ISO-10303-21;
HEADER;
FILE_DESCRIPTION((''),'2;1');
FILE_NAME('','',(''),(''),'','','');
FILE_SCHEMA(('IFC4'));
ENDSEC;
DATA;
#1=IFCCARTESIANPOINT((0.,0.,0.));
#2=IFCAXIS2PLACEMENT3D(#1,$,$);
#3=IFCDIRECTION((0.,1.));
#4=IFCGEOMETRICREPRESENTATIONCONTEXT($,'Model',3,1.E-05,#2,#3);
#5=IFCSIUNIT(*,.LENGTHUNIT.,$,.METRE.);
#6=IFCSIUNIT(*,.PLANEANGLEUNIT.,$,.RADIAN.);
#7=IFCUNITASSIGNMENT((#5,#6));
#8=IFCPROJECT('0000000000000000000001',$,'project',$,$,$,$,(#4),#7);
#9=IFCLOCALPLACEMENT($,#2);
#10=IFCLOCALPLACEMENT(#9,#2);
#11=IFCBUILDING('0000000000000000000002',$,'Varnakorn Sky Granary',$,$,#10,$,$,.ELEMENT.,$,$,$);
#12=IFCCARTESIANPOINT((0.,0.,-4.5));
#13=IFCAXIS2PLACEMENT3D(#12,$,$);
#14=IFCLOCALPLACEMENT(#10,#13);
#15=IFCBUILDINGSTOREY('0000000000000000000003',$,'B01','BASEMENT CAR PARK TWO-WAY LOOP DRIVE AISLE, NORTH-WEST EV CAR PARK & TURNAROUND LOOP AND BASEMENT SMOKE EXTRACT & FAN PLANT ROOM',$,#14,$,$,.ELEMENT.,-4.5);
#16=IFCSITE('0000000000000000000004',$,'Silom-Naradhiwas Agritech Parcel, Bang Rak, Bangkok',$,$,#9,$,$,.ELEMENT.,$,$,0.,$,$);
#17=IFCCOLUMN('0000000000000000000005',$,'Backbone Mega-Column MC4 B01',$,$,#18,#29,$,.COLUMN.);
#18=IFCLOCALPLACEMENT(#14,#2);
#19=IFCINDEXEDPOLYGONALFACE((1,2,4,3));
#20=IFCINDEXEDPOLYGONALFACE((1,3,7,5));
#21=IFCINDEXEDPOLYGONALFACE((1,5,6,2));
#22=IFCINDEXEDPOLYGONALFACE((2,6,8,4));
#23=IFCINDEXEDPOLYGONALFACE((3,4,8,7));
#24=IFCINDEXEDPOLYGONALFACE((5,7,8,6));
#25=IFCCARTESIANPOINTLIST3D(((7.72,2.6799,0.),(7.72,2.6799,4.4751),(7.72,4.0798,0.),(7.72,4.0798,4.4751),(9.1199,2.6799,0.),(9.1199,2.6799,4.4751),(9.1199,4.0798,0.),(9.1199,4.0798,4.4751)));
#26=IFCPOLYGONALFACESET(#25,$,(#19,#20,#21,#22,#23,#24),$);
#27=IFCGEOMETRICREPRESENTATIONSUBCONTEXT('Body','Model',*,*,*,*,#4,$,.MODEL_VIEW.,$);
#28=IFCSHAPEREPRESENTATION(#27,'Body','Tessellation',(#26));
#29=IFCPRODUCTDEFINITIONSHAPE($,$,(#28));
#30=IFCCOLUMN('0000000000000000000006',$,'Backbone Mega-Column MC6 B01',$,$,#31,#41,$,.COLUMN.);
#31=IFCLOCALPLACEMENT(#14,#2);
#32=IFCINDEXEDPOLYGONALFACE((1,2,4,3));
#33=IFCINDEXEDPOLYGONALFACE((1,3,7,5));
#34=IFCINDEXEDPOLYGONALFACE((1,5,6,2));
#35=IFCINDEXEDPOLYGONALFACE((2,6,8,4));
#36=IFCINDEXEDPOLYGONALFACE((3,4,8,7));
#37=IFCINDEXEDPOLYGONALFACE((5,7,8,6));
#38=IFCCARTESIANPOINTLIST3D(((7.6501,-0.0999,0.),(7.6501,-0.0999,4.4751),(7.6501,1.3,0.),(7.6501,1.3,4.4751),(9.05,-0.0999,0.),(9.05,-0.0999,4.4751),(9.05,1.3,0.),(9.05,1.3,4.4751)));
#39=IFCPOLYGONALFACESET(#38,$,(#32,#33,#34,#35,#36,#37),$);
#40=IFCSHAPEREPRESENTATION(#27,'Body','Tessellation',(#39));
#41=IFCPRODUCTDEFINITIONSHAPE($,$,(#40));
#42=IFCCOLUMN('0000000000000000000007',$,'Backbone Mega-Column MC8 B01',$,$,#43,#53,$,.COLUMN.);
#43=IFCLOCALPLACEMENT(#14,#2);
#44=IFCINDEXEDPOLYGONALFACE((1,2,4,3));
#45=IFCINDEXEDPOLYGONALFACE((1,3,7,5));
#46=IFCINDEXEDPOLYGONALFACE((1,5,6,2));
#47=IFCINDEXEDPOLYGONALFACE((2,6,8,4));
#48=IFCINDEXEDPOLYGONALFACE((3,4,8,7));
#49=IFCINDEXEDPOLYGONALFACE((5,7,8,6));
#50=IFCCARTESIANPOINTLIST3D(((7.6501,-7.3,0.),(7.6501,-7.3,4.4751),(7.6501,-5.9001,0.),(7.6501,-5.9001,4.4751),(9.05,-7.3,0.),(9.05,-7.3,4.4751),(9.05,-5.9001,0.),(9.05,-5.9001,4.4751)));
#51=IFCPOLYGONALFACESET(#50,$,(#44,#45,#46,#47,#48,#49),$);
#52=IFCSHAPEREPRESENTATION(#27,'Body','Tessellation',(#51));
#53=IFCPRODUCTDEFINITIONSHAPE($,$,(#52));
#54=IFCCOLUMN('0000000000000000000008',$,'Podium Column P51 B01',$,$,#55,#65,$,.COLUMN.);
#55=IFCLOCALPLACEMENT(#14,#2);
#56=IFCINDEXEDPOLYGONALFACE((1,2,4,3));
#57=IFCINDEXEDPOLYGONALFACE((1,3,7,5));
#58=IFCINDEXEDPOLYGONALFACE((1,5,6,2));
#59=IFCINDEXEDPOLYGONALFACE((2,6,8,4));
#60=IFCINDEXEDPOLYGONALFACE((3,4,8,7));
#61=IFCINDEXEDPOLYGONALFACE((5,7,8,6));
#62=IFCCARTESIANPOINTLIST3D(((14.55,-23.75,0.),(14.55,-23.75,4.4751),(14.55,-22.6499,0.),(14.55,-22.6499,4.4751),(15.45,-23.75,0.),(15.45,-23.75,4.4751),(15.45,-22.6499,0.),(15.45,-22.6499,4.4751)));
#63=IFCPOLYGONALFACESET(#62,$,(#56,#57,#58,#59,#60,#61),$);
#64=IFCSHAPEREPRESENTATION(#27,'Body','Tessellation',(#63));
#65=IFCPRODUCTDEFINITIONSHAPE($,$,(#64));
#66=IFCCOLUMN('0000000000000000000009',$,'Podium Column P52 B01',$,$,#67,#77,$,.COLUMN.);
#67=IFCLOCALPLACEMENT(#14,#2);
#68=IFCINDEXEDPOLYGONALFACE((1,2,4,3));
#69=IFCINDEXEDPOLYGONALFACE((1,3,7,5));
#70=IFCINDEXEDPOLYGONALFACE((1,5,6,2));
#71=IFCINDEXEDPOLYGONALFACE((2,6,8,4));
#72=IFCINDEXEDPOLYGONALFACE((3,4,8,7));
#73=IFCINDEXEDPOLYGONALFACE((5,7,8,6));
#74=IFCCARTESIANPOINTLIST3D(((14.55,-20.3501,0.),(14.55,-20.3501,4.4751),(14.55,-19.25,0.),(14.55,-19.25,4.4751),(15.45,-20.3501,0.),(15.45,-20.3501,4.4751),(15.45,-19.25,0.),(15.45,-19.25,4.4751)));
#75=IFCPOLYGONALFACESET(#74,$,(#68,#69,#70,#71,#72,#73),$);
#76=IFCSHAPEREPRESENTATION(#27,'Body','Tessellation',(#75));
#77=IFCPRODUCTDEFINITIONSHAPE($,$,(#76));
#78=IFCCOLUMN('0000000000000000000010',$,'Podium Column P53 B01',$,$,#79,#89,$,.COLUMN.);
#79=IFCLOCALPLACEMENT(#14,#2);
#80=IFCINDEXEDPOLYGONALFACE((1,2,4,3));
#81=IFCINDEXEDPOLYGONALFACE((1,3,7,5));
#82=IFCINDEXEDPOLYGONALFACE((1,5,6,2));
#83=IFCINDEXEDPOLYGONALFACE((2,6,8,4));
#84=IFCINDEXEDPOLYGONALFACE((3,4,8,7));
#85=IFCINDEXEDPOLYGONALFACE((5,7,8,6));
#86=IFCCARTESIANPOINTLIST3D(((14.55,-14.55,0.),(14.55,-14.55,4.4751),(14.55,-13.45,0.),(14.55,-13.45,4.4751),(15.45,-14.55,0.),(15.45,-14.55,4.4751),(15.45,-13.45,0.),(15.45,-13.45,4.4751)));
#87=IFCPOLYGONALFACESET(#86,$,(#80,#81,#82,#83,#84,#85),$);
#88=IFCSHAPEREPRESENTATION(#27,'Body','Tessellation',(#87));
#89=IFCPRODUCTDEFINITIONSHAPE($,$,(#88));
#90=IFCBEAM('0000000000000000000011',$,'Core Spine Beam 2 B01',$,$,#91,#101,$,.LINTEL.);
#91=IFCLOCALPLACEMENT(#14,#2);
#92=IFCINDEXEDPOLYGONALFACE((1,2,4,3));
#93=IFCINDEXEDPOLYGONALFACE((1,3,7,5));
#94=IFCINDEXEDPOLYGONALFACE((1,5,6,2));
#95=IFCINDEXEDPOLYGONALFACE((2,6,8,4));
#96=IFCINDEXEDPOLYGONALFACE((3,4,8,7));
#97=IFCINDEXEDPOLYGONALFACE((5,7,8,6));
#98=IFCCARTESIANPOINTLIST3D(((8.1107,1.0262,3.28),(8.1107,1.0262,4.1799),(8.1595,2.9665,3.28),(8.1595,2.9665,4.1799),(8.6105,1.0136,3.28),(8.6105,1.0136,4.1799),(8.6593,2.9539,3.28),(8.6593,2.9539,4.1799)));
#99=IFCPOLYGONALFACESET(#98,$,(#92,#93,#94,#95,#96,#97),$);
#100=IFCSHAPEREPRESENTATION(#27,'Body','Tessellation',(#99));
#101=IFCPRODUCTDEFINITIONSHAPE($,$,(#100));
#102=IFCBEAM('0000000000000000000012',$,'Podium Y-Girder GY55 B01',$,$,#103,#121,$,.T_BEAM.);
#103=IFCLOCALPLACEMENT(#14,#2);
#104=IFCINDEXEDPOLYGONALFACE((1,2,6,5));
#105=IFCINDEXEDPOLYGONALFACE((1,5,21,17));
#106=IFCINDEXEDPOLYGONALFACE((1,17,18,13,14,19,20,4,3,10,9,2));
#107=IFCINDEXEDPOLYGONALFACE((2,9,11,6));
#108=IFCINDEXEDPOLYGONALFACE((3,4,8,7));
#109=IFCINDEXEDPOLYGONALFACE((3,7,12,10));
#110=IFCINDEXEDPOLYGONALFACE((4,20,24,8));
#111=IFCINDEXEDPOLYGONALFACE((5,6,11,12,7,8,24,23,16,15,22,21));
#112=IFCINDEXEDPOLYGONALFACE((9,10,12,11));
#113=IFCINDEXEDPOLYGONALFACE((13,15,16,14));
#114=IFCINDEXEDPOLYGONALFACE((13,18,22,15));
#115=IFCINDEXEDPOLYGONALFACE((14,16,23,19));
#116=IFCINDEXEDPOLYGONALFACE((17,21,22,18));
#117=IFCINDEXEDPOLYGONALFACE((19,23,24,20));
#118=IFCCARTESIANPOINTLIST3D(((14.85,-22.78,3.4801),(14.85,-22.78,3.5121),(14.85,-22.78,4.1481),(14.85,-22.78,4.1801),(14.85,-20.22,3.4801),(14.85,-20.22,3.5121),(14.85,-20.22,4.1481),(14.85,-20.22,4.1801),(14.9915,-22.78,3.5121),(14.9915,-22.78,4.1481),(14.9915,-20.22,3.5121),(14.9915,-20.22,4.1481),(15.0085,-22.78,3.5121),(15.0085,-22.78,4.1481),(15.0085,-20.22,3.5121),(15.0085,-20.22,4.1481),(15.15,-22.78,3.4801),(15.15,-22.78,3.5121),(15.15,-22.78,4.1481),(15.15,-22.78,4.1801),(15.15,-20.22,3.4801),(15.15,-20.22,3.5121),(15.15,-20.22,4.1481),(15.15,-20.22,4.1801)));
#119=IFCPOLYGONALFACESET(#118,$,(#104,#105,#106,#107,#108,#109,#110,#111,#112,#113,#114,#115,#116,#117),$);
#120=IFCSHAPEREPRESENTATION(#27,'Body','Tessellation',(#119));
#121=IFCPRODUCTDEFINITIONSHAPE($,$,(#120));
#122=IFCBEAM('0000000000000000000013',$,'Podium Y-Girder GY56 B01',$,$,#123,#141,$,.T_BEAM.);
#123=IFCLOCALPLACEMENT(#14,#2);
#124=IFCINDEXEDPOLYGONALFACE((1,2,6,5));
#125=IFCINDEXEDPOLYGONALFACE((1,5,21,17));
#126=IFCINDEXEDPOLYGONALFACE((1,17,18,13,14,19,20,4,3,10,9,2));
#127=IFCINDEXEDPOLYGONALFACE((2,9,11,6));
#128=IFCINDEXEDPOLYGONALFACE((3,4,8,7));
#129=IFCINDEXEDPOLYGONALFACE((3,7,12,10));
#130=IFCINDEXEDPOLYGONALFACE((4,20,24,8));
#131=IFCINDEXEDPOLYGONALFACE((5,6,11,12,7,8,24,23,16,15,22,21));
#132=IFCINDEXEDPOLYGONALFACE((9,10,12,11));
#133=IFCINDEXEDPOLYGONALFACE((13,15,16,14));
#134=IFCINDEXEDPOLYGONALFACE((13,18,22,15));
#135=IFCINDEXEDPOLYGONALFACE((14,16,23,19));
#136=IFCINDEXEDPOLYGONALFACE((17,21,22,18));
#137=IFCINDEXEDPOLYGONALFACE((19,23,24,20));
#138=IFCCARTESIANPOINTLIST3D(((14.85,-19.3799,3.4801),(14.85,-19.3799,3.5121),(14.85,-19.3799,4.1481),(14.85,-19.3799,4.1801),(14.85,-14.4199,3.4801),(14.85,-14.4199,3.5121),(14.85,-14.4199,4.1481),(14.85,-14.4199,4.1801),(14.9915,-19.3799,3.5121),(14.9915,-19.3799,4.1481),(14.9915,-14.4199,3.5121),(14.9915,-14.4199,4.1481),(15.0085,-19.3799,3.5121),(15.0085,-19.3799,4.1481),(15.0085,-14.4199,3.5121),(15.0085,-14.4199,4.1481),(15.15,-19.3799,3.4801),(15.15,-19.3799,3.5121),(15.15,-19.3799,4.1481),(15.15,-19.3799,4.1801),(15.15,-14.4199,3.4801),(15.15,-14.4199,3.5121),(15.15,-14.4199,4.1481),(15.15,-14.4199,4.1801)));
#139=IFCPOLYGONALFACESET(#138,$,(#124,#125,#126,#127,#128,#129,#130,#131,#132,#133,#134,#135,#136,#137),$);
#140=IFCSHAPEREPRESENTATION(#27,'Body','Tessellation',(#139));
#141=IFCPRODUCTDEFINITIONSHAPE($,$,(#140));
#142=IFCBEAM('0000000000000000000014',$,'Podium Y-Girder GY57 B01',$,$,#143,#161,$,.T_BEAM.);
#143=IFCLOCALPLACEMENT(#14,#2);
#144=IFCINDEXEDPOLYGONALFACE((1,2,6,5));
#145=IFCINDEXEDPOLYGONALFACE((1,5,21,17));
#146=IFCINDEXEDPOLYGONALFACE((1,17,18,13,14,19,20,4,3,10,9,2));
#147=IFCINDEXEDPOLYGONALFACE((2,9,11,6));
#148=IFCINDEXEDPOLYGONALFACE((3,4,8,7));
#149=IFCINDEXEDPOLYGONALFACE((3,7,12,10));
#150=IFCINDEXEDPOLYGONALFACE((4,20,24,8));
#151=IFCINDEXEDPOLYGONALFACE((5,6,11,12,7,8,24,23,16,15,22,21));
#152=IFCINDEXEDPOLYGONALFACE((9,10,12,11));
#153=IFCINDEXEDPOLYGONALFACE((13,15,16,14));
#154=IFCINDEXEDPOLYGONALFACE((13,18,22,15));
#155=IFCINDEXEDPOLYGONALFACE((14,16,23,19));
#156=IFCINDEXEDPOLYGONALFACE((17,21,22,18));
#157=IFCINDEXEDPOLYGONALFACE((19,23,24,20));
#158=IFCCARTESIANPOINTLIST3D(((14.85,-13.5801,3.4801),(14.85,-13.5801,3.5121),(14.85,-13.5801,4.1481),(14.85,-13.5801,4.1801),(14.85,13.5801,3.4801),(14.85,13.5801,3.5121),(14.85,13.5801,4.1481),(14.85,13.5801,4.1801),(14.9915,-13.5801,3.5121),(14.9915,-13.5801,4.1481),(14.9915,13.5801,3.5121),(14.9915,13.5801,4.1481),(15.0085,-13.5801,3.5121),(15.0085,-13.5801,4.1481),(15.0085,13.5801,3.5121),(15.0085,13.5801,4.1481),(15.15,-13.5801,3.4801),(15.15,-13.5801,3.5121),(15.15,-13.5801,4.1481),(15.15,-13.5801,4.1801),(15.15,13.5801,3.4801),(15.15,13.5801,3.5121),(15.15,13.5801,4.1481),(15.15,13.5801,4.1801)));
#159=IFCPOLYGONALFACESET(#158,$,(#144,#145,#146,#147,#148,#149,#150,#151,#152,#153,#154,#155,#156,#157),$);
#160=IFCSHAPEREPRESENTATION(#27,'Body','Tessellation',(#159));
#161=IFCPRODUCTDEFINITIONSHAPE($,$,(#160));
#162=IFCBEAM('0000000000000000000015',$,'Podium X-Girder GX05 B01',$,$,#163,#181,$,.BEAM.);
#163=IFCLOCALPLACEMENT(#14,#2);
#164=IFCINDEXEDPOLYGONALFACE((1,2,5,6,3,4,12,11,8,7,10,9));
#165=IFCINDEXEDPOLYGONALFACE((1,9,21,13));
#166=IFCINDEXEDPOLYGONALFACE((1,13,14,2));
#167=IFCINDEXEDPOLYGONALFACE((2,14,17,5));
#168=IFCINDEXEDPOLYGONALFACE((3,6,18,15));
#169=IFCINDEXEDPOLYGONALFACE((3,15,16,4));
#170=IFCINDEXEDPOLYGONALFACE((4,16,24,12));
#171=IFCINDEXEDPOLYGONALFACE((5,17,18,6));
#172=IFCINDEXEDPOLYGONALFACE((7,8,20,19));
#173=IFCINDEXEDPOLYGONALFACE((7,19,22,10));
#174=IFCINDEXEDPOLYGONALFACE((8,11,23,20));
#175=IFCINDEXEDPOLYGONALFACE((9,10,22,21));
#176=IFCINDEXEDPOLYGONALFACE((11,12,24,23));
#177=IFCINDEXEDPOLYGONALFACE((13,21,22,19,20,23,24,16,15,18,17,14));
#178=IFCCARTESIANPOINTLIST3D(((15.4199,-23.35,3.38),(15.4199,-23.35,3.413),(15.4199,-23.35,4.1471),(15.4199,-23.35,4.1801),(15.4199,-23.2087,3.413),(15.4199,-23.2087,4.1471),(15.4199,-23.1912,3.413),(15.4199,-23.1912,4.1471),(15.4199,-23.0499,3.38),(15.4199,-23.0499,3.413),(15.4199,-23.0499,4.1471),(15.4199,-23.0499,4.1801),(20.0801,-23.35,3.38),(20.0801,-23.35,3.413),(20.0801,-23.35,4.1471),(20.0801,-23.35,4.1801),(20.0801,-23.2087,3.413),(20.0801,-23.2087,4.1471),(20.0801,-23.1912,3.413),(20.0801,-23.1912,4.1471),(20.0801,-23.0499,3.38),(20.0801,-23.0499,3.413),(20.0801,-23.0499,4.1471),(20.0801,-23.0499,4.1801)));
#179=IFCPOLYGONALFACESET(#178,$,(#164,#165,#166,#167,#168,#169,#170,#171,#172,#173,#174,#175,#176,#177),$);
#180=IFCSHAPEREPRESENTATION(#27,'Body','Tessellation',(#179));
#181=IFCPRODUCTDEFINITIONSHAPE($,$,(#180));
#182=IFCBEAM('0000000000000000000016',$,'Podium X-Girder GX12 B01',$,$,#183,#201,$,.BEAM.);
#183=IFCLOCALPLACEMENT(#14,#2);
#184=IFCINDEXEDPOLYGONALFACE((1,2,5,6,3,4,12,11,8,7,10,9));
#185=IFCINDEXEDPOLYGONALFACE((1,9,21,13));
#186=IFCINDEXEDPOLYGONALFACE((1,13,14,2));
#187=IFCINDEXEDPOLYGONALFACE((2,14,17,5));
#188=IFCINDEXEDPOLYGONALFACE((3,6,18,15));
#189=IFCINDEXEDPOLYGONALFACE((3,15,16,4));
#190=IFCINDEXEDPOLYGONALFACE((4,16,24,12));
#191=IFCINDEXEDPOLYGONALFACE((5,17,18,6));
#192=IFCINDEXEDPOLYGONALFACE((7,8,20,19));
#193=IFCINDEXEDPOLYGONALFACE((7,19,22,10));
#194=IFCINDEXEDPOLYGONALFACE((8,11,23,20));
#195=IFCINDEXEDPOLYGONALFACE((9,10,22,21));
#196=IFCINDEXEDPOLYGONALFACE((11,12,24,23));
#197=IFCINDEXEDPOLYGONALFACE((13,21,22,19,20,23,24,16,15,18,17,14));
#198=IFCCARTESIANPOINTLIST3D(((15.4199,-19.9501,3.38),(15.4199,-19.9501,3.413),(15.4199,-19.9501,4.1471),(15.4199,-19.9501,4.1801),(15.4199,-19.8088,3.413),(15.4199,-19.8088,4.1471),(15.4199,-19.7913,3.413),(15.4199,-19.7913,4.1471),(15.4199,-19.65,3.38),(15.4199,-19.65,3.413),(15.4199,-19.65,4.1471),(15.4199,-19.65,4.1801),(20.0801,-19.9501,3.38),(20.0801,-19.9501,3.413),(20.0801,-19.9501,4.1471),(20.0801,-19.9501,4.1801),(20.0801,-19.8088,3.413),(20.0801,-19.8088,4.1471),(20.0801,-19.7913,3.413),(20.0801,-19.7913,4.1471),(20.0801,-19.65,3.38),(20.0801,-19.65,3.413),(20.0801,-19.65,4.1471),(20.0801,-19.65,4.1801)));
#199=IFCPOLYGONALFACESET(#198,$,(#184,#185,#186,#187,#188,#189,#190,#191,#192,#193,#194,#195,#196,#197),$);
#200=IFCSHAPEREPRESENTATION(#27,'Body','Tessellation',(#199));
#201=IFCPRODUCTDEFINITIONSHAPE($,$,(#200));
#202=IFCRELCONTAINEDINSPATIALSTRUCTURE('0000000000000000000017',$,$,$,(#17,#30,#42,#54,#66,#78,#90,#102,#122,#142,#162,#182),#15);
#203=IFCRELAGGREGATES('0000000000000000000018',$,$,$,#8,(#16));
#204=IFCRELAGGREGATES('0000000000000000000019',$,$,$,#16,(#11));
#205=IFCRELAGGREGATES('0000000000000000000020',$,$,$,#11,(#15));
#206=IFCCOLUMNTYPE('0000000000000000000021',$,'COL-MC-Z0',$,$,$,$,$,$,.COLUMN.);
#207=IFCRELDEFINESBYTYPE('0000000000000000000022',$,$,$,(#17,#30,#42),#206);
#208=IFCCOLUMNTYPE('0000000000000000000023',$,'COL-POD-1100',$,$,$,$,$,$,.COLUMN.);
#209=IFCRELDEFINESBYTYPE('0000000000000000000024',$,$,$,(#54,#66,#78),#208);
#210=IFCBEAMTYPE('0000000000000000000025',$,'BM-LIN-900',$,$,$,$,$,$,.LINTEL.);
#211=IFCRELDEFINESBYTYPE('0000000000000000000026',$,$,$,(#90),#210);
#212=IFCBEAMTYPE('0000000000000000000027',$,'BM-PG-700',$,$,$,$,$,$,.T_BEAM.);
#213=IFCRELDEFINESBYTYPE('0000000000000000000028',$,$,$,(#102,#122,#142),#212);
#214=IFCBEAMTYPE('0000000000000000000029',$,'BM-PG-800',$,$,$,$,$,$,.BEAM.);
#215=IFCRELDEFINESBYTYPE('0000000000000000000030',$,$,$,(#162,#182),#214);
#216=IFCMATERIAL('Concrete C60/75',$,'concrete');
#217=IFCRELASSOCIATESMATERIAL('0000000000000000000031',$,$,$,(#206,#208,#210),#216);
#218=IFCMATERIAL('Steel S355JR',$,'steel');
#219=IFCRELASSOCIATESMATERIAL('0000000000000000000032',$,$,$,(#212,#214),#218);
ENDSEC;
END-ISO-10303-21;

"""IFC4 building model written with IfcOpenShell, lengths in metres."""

from ifc_helpers import new_model, si_unit, direction, frame, origin, origin_2d, place, context, subcontext, project, spatial, rectangle, i_section, extrude, material, material_profile, profile_set, type_object, element, save


model = new_model("IFC4")

# Units and contexts
model_context = context("Model", 3, precision=1e-05, world=origin(), true_north=direction((0.0, 1.0)))
body_context = subcontext(model_context, "Body", "Model", "MODEL_VIEW")
ifc_project = project(units=[si_unit("LENGTHUNIT", "METRE"), si_unit("PLANEANGLEUNIT", "RADIAN")], contexts=[model_context])

# Site, building, storey
site_placement = place(None, origin())
site = spatial("IfcSite", under=ifc_project, at=site_placement, Name="Silom-Naradhiwas Agritech Parcel, Bang Rak, Bangkok", CompositionType="ELEMENT", RefElevation=0.0)
building_placement = place(site_placement, origin())
building = spatial("IfcBuilding", under=site, at=building_placement, Name="Varnakorn Sky Granary", CompositionType="ELEMENT")
storey_placement = place(building_placement, frame((0.0, 0.0, -4.5)))
storey = spatial("IfcBuildingStorey", under=building, at=storey_placement, Name="B01", Description="BASEMENT CAR PARK TWO-WAY LOOP DRIVE AISLE, NORTH-WEST EV CAR PARK & TURNAROUND LOOP AND BASEMENT SMOKE EXTRACT & FAN PLANT ROOM", CompositionType="ELEMENT", Elevation=-4.5)

# Columns
ifc_material_1 = material(Name="Concrete C60/75", Category="concrete")
ifc_material_profile_1 = material_profile(ifc_material_1, rectangle(XDim=1.3999, YDim=1.3999, at=origin_2d()), Name="RC 1400x1400")
ifc_profile_set_1 = profile_set([ifc_material_profile_1], Name="Concrete C60/75")
column_type_1 = type_object("IfcColumnType", Name="COL-MC-Z0", PredefinedType="COLUMN", material=ifc_profile_set_1)
for number, where, z_axis, x_axis, name in (
    (1, (8.4199, 3.3799, 0.0), (0.0, 0.0, 1.0), (1.0, 0.0, 0.0), "Backbone Mega-Column MC4 B01"),
    (2, (8.3501, 0.6001, 0.0), (0.0, 0.0, 1.0), (1.0, 0.0, 0.0), "Backbone Mega-Column MC6 B01"),
    (3, (8.3501, -6.6001, 0.0), (0.0, 0.0, 1.0), (1.0, 0.0, 0.0), "Backbone Mega-Column MC8 B01"),
):
    element("IfcColumn", number, at=place(storey_placement, frame(where, z_axis=z_axis, x_axis=x_axis)), inside=storey, type_object=column_type_1, Name=name, PredefinedType="COLUMN", context=body_context, shape_type="SweptSolid", body=[
        extrude(rectangle(XDim=1.3999, YDim=1.3999, at=origin_2d()), origin(), (0.0, 0.0, 1.0), 4.4751),
    ])
ifc_material_profile_2 = material_profile(ifc_material_1, rectangle(XDim=0.8999, YDim=1.1001, at=origin_2d()), Name="RC 900x1100")
ifc_profile_set_2 = profile_set([ifc_material_profile_2], Name="Concrete C60/75")
column_type_2 = type_object("IfcColumnType", Name="COL-POD-1100", PredefinedType="COLUMN", material=ifc_profile_set_2)
for number, where, z_axis, x_axis, name in (
    (4, (15.0, -23.2, 0.0), (0.0, 0.0, 1.0), (1.0, 0.0, 0.0), "Podium Column P51 B01"),
    (5, (15.0, -19.8, 0.0), (0.0, 0.0, 1.0), (1.0, 0.0, 0.0), "Podium Column P52 B01"),
    (6, (15.0, -14.0, 0.0), (0.0, 0.0, 1.0), (1.0, 0.0, 0.0), "Podium Column P53 B01"),
):
    element("IfcColumn", number, at=place(storey_placement, frame(where, z_axis=z_axis, x_axis=x_axis)), inside=storey, type_object=column_type_2, Name=name, PredefinedType="COLUMN", context=body_context, shape_type="SweptSolid", body=[
        extrude(rectangle(XDim=0.8999, YDim=1.1001, at=origin_2d()), origin(), (0.0, 0.0, 1.0), 4.4751),
    ])

# Beams
ifc_material_profile_3 = material_profile(ifc_material_1, rectangle(XDim=0.5, YDim=0.8999, at=origin_2d()), Name="RC 500x900")
ifc_profile_set_3 = profile_set([ifc_material_profile_3], Name="Concrete C60/75")
beam_type_1 = type_object("IfcBeamType", Name="BM-LIN-900", PredefinedType="LINTEL", material=ifc_profile_set_3)
beam_1_placement = place(storey_placement, frame((8.4094, 2.9602, 3.73), z_axis=(-0.025159, -0.999683, 0.0), x_axis=(0.999683, -0.025159, 0.0)))
element("IfcBeam", 7, at=beam_1_placement, inside=storey, type_object=beam_type_1, Name="Core Spine Beam 2 B01", PredefinedType="LINTEL", context=body_context, shape_type="SweptSolid", body=[
    extrude(rectangle(XDim=0.5, YDim=0.8999, at=origin_2d()), origin(), (0.0, 0.0, 1.0), 1.9409),
])
ifc_material_2 = material(Name="Steel S355JR", Category="steel")
ifc_material_profile_4 = material_profile(ifc_material_2, i_section(OverallWidth=0.3, OverallDepth=0.7, WebThickness=0.0171, FlangeThickness=0.032, at=origin_2d()), Name="HE 700 B")
ifc_profile_set_4 = profile_set([ifc_material_profile_4], Name="Steel S355JR")
beam_type_2 = type_object("IfcBeamType", Name="BM-PG-700", PredefinedType="T_BEAM", material=ifc_profile_set_4)
beam_2_placement = place(storey_placement, frame((15.0, -22.78, 3.8301), z_axis=(0.0, 1.0, 0.0), x_axis=(-1.0, 0.0, 0.0)))
element("IfcBeam", 8, at=beam_2_placement, inside=storey, type_object=beam_type_2, Name="Podium Y-Girder GY55 B01", PredefinedType="T_BEAM", context=body_context, shape_type="SweptSolid", body=[
    extrude(i_section(OverallWidth=0.3, OverallDepth=0.7, WebThickness=0.0171, FlangeThickness=0.032, at=origin_2d()), origin(), (0.0, 0.0, 1.0), 2.5601),
])
beam_3_placement = place(storey_placement, frame((15.0, -19.3799, 3.8301), z_axis=(0.0, 1.0, 0.0), x_axis=(-1.0, 0.0, 0.0)))
element("IfcBeam", 9, at=beam_3_placement, inside=storey, type_object=beam_type_2, Name="Podium Y-Girder GY56 B01", PredefinedType="T_BEAM", context=body_context, shape_type="SweptSolid", body=[
    extrude(i_section(OverallWidth=0.3, OverallDepth=0.7, WebThickness=0.0171, FlangeThickness=0.032, at=origin_2d()), origin(), (0.0, 0.0, 1.0), 4.96),
])
beam_4_placement = place(storey_placement, frame((15.0, -13.5801, 3.8301), z_axis=(0.0, 1.0, 0.0), x_axis=(-1.0, 0.0, 0.0)))
element("IfcBeam", 10, at=beam_4_placement, inside=storey, type_object=beam_type_2, Name="Podium Y-Girder GY57 B01", PredefinedType="T_BEAM", context=body_context, shape_type="SweptSolid", body=[
    extrude(i_section(OverallWidth=0.3, OverallDepth=0.7, WebThickness=0.0171, FlangeThickness=0.032, at=origin_2d()), origin(), (0.0, 0.0, 1.0), 27.1602),
])
ifc_material_profile_5 = material_profile(ifc_material_2, i_section(OverallWidth=0.3, OverallDepth=0.8, WebThickness=0.0176, FlangeThickness=0.033, at=origin_2d()), Name="HE 800 B")
ifc_profile_set_5 = profile_set([ifc_material_profile_5], Name="Steel S355JR")
beam_type_3 = type_object("IfcBeamType", Name="BM-PG-800", PredefinedType="BEAM", material=ifc_profile_set_5)
for number, where, z_axis, x_axis, name in (
    (11, (15.4199, -23.2, 3.78), (1.0, 0.0, 0.0), (0.0, 1.0, 0.0), "Podium X-Girder GX05 B01"),
    (12, (15.4199, -19.8, 3.78), (1.0, 0.0, 0.0), (0.0, 1.0, 0.0), "Podium X-Girder GX12 B01"),
):
    element("IfcBeam", number, at=place(storey_placement, frame(where, z_axis=z_axis, x_axis=x_axis)), inside=storey, type_object=beam_type_3, Name=name, PredefinedType="BEAM", context=body_context, shape_type="SweptSolid", body=[
        extrude(i_section(OverallWidth=0.3, OverallDepth=0.8, WebThickness=0.0176, FlangeThickness=0.033, at=origin_2d()), origin(), (0.0, 0.0, 1.0), 4.6602),
    ])

save(model, "model.ifc")
